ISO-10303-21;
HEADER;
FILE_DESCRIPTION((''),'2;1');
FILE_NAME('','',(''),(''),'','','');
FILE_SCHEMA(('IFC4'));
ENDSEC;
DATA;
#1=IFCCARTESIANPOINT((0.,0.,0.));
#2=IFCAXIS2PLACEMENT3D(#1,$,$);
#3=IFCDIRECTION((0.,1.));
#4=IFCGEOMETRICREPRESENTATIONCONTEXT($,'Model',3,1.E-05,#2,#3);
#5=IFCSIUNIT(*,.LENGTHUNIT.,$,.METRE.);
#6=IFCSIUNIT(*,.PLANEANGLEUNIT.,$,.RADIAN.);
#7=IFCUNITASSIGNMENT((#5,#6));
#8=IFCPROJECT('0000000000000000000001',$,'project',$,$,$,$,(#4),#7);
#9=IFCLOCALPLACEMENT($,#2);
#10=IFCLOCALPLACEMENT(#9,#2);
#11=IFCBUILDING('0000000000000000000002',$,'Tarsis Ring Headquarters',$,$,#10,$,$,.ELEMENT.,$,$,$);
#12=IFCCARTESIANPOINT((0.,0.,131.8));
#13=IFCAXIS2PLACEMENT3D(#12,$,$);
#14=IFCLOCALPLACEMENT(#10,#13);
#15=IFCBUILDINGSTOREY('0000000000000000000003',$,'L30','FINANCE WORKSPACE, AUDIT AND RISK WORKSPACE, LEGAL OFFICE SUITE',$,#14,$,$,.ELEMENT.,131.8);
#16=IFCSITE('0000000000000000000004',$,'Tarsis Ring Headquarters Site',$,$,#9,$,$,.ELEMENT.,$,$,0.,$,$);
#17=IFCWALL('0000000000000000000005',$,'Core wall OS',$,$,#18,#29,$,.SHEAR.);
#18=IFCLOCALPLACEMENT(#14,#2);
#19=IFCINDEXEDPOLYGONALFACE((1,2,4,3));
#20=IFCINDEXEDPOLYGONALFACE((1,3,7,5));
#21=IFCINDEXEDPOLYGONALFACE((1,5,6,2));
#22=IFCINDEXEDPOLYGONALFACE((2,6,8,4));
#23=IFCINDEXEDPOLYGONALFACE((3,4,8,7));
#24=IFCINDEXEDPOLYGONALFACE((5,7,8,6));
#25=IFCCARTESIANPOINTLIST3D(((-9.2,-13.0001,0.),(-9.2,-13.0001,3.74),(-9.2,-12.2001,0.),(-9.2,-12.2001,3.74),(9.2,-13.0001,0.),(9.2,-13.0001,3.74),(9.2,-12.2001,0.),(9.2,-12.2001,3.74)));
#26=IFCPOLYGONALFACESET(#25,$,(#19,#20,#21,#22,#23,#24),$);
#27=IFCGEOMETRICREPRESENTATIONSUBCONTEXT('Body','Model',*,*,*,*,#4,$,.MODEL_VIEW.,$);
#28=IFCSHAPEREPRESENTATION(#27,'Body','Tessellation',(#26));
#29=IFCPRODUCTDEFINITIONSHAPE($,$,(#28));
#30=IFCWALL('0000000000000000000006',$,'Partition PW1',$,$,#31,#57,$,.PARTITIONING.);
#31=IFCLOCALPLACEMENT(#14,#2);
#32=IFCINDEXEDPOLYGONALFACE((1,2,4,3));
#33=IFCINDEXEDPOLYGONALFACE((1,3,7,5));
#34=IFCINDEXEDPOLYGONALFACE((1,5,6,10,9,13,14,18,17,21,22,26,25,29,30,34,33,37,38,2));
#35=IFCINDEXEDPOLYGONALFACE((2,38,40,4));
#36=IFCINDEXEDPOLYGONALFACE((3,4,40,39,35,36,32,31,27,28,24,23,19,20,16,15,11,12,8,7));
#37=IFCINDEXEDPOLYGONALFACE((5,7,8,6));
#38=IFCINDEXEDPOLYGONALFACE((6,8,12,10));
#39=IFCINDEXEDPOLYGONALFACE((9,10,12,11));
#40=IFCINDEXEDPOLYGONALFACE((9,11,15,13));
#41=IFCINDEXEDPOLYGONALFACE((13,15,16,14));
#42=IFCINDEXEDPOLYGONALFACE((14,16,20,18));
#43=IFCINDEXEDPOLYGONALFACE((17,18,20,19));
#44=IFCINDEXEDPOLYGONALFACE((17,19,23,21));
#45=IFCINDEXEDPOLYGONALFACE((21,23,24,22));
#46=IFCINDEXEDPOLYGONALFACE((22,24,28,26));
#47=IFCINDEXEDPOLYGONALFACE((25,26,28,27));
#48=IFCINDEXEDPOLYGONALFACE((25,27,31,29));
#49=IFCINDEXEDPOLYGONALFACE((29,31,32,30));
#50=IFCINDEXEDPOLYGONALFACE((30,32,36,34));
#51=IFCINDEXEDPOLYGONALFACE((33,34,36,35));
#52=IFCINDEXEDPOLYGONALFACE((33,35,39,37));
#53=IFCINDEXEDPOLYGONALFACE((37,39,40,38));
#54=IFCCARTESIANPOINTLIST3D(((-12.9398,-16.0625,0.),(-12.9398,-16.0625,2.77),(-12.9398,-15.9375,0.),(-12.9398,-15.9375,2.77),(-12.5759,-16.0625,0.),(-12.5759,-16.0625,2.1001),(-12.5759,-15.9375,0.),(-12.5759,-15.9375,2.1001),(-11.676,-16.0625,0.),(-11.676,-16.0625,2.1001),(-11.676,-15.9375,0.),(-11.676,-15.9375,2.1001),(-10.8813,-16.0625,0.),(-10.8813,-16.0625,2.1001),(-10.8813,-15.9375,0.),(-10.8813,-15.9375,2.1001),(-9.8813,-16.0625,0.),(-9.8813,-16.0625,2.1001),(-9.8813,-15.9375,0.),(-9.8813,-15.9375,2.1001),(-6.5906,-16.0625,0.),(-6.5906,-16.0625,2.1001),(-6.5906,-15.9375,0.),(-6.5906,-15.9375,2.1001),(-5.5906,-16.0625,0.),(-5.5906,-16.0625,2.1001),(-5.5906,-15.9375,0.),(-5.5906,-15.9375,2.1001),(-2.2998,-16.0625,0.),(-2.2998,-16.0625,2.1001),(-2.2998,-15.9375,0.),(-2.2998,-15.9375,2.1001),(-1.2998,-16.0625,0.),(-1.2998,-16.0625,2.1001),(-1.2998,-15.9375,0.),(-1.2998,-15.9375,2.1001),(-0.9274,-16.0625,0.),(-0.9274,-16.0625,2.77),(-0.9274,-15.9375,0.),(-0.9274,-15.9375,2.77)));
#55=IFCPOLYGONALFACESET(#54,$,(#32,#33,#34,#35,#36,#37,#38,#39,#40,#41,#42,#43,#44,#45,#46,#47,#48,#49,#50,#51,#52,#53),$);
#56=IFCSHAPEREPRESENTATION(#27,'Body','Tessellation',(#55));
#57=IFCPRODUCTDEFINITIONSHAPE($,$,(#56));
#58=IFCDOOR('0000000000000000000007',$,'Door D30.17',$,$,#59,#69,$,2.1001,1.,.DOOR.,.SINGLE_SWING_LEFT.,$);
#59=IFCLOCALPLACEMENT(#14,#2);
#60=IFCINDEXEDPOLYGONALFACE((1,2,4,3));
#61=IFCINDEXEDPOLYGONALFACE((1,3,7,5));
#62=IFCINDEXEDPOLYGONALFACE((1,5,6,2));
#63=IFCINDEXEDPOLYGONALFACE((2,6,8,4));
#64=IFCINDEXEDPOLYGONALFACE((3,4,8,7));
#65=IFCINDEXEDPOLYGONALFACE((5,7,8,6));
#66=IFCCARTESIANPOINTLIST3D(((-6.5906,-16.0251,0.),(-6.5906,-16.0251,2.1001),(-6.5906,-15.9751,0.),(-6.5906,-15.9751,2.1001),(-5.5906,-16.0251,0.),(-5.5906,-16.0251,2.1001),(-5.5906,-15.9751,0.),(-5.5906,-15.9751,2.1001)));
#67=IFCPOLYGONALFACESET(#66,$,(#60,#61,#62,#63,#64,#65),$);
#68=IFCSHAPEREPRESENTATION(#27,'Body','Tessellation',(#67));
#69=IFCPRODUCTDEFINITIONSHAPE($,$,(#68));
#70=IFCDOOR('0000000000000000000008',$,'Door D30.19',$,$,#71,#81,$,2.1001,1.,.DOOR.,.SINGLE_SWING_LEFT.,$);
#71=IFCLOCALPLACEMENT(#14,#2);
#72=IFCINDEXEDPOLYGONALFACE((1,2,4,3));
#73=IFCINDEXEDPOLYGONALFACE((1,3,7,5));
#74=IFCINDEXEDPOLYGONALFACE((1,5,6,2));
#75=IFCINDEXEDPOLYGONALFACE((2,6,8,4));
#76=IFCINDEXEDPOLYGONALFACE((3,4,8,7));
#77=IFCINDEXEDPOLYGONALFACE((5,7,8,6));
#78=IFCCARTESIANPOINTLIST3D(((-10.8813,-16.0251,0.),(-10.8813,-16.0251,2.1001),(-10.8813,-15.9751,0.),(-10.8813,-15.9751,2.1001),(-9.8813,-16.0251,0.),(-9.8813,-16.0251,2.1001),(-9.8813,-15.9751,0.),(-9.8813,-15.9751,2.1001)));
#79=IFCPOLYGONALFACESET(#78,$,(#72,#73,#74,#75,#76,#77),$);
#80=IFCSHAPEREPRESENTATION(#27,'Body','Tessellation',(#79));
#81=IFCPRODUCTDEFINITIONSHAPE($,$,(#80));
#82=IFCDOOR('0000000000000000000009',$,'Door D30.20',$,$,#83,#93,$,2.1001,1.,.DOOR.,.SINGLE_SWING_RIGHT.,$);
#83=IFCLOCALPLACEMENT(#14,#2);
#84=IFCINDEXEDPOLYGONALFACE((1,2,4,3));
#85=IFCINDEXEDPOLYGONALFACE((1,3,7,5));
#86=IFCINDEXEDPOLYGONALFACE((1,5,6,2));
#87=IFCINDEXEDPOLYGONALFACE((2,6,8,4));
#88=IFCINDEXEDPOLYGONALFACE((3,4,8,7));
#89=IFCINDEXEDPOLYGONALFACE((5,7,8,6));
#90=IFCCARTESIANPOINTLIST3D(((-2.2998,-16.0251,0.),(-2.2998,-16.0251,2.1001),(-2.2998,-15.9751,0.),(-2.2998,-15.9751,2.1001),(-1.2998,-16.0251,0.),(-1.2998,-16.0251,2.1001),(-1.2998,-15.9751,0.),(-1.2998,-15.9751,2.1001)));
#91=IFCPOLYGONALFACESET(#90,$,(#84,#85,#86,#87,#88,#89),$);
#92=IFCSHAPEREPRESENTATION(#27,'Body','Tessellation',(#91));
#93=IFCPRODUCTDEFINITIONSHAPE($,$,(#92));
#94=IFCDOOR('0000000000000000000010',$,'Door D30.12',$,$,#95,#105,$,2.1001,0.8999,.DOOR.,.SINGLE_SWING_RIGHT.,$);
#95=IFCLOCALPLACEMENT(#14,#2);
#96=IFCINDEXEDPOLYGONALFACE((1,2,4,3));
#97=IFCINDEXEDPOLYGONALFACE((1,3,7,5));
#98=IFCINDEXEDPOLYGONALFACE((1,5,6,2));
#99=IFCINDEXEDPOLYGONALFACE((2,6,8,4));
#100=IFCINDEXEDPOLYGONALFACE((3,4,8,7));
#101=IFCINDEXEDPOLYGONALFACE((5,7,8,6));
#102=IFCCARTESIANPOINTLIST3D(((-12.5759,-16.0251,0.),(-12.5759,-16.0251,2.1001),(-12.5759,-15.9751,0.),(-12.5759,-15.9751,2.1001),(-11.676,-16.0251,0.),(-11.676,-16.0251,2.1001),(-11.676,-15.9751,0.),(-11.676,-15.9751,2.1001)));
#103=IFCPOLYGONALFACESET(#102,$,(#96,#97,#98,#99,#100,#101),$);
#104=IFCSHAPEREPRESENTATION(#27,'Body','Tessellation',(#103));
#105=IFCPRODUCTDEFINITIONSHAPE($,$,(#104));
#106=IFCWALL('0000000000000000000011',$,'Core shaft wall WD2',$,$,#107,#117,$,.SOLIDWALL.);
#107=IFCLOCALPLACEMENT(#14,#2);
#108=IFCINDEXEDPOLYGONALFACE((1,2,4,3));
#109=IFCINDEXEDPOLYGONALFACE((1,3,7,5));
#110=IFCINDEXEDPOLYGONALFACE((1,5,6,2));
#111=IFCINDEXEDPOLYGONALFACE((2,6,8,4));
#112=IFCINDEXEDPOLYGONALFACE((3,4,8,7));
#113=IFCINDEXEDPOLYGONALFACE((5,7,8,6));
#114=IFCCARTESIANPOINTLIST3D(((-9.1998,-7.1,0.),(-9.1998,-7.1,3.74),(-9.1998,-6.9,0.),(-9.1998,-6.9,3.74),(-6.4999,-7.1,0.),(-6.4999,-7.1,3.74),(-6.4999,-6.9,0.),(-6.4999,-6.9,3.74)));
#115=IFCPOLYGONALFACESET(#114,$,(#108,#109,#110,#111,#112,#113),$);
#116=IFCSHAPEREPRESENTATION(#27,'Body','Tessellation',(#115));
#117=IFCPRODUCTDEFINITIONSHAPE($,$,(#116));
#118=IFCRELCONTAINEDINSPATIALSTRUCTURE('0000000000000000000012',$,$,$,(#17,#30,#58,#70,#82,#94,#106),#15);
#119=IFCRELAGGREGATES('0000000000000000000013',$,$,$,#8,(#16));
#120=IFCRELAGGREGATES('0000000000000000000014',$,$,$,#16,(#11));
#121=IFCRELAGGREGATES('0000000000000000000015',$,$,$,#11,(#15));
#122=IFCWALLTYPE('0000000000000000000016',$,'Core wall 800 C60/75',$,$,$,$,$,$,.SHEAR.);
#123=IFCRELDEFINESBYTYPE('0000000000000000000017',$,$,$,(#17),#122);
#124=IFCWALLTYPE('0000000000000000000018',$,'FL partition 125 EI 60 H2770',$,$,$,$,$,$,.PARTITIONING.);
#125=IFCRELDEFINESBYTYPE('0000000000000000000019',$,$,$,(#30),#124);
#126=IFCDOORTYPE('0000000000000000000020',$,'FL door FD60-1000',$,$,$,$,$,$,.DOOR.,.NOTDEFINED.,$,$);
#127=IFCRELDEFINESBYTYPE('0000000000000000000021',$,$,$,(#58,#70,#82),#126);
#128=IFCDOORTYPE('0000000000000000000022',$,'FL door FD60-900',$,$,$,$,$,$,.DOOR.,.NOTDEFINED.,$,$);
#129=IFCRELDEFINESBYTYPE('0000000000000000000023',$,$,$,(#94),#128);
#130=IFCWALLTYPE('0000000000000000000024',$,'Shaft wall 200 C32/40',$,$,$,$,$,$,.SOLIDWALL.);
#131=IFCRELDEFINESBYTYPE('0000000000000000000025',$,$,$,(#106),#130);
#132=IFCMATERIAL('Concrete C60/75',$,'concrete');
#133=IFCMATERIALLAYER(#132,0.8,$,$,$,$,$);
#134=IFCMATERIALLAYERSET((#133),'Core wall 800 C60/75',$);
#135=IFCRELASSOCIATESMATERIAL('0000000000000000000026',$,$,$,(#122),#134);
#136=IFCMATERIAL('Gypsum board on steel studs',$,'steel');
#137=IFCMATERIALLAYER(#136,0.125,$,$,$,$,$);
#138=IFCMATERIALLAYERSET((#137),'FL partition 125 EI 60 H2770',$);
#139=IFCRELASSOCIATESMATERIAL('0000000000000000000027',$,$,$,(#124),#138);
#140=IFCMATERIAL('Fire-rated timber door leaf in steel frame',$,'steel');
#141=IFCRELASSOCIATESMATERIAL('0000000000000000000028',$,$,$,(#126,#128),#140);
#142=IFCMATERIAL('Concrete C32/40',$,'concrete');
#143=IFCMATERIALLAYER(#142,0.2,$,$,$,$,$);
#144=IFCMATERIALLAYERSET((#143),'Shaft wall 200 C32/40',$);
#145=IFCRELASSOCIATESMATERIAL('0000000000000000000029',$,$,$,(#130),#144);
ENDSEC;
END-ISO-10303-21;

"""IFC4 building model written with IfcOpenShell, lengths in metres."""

from ifc_helpers import new_model, si_unit, direction, frame, frame_2d, origin, place, context, subcontext, project, spatial, rectangle, extrude, material, layer, layer_set, type_object, element, fill, save


model = new_model("IFC4")

# Units and contexts
model_context = context("Model", 3, precision=1e-05, world=origin(), true_north=direction((0.0, 1.0)))
body_context = subcontext(model_context, "Body", "Model", "MODEL_VIEW")
ifc_project = project(units=[si_unit("LENGTHUNIT", "METRE"), si_unit("PLANEANGLEUNIT", "RADIAN")], contexts=[model_context])

# Site, building, storey
site_placement = place(None, origin())
site = spatial("IfcSite", under=ifc_project, at=site_placement, Name="Tarsis Ring Headquarters Site", CompositionType="ELEMENT", RefElevation=0.0)
building_placement = place(site_placement, origin())
building = spatial("IfcBuilding", under=site, at=building_placement, Name="Tarsis Ring Headquarters", CompositionType="ELEMENT")
storey_placement = place(building_placement, frame((0.0, 0.0, 131.8)))
storey = spatial("IfcBuildingStorey", under=building, at=storey_placement, Name="L30", Description="FINANCE WORKSPACE, AUDIT AND RISK WORKSPACE, LEGAL OFFICE SUITE", CompositionType="ELEMENT", Elevation=131.8)

# Shared definitions
ifc_material_1 = material(Name="Concrete C60/75", Category="concrete")
ifc_layer_1 = layer(ifc_material_1, 0.8)
ifc_layer_set_1 = layer_set([ifc_layer_1], Name="Core wall 800 C60/75")
wall_type_1 = type_object("IfcWallType", Name="Core wall 800 C60/75", PredefinedType="SHEAR", material=ifc_layer_set_1)

# Wall
wall_1_placement = place(storey_placement, frame((-9.2, -12.6001, 0.0), z_axis=(0.0, 0.0, 1.0), x_axis=(1.0, 0.0, 0.0)))
element("IfcWall", 1, at=wall_1_placement, inside=storey, type_object=wall_type_1, Name="Core wall OS", PredefinedType="SHEAR", context=body_context, shape_type="SweptSolid", body=[
    extrude(rectangle(XDim=18.3999, YDim=0.8, at=frame_2d((9.2, 0.0))), origin(), (0.0, 0.0, 1.0), 3.74),
])

# Wall, openings, doors
ifc_material_2 = material(Name="Gypsum board on steel studs", Category="steel")
ifc_layer_2 = layer(ifc_material_2, 0.125)
ifc_layer_set_2 = layer_set([ifc_layer_2], Name="FL partition 125 EI 60 H2770")
wall_type_2 = type_object("IfcWallType", Name="FL partition 125 EI 60 H2770", PredefinedType="PARTITIONING", material=ifc_layer_set_2)
wall_2_placement = place(storey_placement, frame((-12.9399, -16.0, 0.0), z_axis=(0.0, 0.0, 1.0), x_axis=(1.0, 0.0, 0.0)))
wall_2 = element("IfcWall", 2, at=wall_2_placement, inside=storey, type_object=wall_type_2, Name="Partition PW1", PredefinedType="PARTITIONING", context=body_context, shape_type="SweptSolid", body=[
    extrude(rectangle(XDim=12.0125, YDim=0.125, at=frame_2d((6.0063, 0.0))), origin(), (0.0, 0.0, 1.0), 2.77),
])
opening_1_placement = place(wall_2_placement, frame((0.364, 0.0, 0.0)))
opening_1 = element("IfcOpeningElement", 3, at=opening_1_placement, cuts=wall_2, PredefinedType="OPENING", context=body_context, shape_type="SweptSolid", body=[
    extrude(rectangle(XDim=0.8999, YDim=2.1001, at=frame_2d((0.45, 1.05))), frame((0.0, 0.0725, 0.0), z_axis=(0.0, -1.0, 0.0), x_axis=(1.0, 0.0, 0.0)), (0.0, 0.0, 1.0), 0.145),
])
opening_2_placement = place(wall_2_placement, frame((6.3494, 0.0, 0.0)))
opening_2 = element("IfcOpeningElement", 4, at=opening_2_placement, cuts=wall_2, PredefinedType="OPENING", context=body_context, shape_type="SweptSolid", body=[
    extrude(rectangle(XDim=1.0, YDim=2.1001, at=frame_2d((0.5, 1.05))), frame((0.0, 0.0725, 0.0), z_axis=(0.0, -1.0, 0.0), x_axis=(1.0, 0.0, 0.0)), (0.0, 0.0, 1.0), 0.145),
])
opening_3_placement = place(wall_2_placement, frame((2.0586, 0.0, 0.0)))
opening_3 = element("IfcOpeningElement", 5, at=opening_3_placement, cuts=wall_2, PredefinedType="OPENING", context=body_context, shape_type="SweptSolid", body=[
    extrude(rectangle(XDim=1.0, YDim=2.1001, at=frame_2d((0.5, 1.05))), frame((0.0, 0.0725, 0.0), z_axis=(0.0, -1.0, 0.0), x_axis=(1.0, 0.0, 0.0)), (0.0, 0.0, 1.0), 0.145),
])
opening_4_placement = place(wall_2_placement, frame((10.6401, 0.0, 0.0)))
opening_4 = element("IfcOpeningElement", 6, at=opening_4_placement, cuts=wall_2, PredefinedType="OPENING", context=body_context, shape_type="SweptSolid", body=[
    extrude(rectangle(XDim=1.0, YDim=2.1001, at=frame_2d((0.5, 1.05))), frame((0.0, 0.0725, 0.0), z_axis=(0.0, -1.0, 0.0), x_axis=(1.0, 0.0, 0.0)), (0.0, 0.0, 1.0), 0.145),
])
ifc_material_3 = material(Name="Fire-rated timber door leaf in steel frame", Category="steel")
door_type_1 = type_object("IfcDoorType", Name="FL door FD60-1000", OperationType="NOTDEFINED", PredefinedType="DOOR", material=ifc_material_3)
door_1_placement = place(opening_2_placement, origin())
door_1 = element("IfcDoor", 7, at=door_1_placement, inside=storey, type_object=door_type_1, Name="Door D30.17", OperationType="SINGLE_SWING_LEFT", OverallHeight=2.1001, OverallWidth=1.0, PredefinedType="DOOR", context=body_context, shape_type="SweptSolid", body=[
    extrude(rectangle(XDim=1.0, YDim=2.1001, at=frame_2d((0.5, 1.05))), frame((0.0, 0.0249, 0.0), z_axis=(0.0, -1.0, 0.0), x_axis=(1.0, 0.0, 0.0)), (0.0, 0.0, 1.0), 0.05),
])
fill(opening_2, door_1)
door_2_placement = place(opening_3_placement, origin())
door_2 = element("IfcDoor", 8, at=door_2_placement, inside=storey, type_object=door_type_1, Name="Door D30.19", OperationType="SINGLE_SWING_LEFT", OverallHeight=2.1001, OverallWidth=1.0, PredefinedType="DOOR", context=body_context, shape_type="SweptSolid", body=[
    extrude(rectangle(XDim=1.0, YDim=2.1001, at=frame_2d((0.5, 1.05))), frame((0.0, 0.0249, 0.0), z_axis=(0.0, -1.0, 0.0), x_axis=(1.0, 0.0, 0.0)), (0.0, 0.0, 1.0), 0.05),
])
fill(opening_3, door_2)
door_3_placement = place(opening_4_placement, origin())
door_3 = element("IfcDoor", 9, at=door_3_placement, inside=storey, type_object=door_type_1, Name="Door D30.20", OperationType="SINGLE_SWING_RIGHT", OverallHeight=2.1001, OverallWidth=1.0, PredefinedType="DOOR", context=body_context, shape_type="SweptSolid", body=[
    extrude(rectangle(XDim=1.0, YDim=2.1001, at=frame_2d((0.5, 1.05))), frame((0.0, 0.0249, 0.0), z_axis=(0.0, -1.0, 0.0), x_axis=(1.0, 0.0, 0.0)), (0.0, 0.0, 1.0), 0.05),
])
fill(opening_4, door_3)
door_type_2 = type_object("IfcDoorType", Name="FL door FD60-900", OperationType="NOTDEFINED", PredefinedType="DOOR", material=ifc_material_3)
door_4_placement = place(opening_1_placement, origin())
door_4 = element("IfcDoor", 10, at=door_4_placement, inside=storey, type_object=door_type_2, Name="Door D30.12", OperationType="SINGLE_SWING_RIGHT", OverallHeight=2.1001, OverallWidth=0.8999, PredefinedType="DOOR", context=body_context, shape_type="SweptSolid", body=[
    extrude(rectangle(XDim=0.8999, YDim=2.1001, at=frame_2d((0.45, 1.05))), frame((0.0, 0.0249, 0.0), z_axis=(0.0, -1.0, 0.0), x_axis=(1.0, 0.0, 0.0)), (0.0, 0.0, 1.0), 0.05),
])
fill(opening_1, door_4)

# Wall
ifc_material_4 = material(Name="Concrete C32/40", Category="concrete")
ifc_layer_3 = layer(ifc_material_4, 0.2)
ifc_layer_set_3 = layer_set([ifc_layer_3], Name="Shaft wall 200 C32/40")
wall_type_3 = type_object("IfcWallType", Name="Shaft wall 200 C32/40", PredefinedType="SOLIDWALL", material=ifc_layer_set_3)
wall_3_placement = place(storey_placement, frame((-9.2, -7.0, 0.0), z_axis=(0.0, 0.0, 1.0), x_axis=(1.0, 0.0, 0.0)))
element("IfcWall", 11, at=wall_3_placement, inside=storey, type_object=wall_type_3, Name="Core shaft wall WD2", PredefinedType="SOLIDWALL", context=body_context, shape_type="SweptSolid", body=[
    extrude(rectangle(XDim=2.7, YDim=0.2, at=frame_2d((1.3501, 0.0))), origin(), (0.0, 0.0, 1.0), 3.74),
])

save(model, "model.ifc")
